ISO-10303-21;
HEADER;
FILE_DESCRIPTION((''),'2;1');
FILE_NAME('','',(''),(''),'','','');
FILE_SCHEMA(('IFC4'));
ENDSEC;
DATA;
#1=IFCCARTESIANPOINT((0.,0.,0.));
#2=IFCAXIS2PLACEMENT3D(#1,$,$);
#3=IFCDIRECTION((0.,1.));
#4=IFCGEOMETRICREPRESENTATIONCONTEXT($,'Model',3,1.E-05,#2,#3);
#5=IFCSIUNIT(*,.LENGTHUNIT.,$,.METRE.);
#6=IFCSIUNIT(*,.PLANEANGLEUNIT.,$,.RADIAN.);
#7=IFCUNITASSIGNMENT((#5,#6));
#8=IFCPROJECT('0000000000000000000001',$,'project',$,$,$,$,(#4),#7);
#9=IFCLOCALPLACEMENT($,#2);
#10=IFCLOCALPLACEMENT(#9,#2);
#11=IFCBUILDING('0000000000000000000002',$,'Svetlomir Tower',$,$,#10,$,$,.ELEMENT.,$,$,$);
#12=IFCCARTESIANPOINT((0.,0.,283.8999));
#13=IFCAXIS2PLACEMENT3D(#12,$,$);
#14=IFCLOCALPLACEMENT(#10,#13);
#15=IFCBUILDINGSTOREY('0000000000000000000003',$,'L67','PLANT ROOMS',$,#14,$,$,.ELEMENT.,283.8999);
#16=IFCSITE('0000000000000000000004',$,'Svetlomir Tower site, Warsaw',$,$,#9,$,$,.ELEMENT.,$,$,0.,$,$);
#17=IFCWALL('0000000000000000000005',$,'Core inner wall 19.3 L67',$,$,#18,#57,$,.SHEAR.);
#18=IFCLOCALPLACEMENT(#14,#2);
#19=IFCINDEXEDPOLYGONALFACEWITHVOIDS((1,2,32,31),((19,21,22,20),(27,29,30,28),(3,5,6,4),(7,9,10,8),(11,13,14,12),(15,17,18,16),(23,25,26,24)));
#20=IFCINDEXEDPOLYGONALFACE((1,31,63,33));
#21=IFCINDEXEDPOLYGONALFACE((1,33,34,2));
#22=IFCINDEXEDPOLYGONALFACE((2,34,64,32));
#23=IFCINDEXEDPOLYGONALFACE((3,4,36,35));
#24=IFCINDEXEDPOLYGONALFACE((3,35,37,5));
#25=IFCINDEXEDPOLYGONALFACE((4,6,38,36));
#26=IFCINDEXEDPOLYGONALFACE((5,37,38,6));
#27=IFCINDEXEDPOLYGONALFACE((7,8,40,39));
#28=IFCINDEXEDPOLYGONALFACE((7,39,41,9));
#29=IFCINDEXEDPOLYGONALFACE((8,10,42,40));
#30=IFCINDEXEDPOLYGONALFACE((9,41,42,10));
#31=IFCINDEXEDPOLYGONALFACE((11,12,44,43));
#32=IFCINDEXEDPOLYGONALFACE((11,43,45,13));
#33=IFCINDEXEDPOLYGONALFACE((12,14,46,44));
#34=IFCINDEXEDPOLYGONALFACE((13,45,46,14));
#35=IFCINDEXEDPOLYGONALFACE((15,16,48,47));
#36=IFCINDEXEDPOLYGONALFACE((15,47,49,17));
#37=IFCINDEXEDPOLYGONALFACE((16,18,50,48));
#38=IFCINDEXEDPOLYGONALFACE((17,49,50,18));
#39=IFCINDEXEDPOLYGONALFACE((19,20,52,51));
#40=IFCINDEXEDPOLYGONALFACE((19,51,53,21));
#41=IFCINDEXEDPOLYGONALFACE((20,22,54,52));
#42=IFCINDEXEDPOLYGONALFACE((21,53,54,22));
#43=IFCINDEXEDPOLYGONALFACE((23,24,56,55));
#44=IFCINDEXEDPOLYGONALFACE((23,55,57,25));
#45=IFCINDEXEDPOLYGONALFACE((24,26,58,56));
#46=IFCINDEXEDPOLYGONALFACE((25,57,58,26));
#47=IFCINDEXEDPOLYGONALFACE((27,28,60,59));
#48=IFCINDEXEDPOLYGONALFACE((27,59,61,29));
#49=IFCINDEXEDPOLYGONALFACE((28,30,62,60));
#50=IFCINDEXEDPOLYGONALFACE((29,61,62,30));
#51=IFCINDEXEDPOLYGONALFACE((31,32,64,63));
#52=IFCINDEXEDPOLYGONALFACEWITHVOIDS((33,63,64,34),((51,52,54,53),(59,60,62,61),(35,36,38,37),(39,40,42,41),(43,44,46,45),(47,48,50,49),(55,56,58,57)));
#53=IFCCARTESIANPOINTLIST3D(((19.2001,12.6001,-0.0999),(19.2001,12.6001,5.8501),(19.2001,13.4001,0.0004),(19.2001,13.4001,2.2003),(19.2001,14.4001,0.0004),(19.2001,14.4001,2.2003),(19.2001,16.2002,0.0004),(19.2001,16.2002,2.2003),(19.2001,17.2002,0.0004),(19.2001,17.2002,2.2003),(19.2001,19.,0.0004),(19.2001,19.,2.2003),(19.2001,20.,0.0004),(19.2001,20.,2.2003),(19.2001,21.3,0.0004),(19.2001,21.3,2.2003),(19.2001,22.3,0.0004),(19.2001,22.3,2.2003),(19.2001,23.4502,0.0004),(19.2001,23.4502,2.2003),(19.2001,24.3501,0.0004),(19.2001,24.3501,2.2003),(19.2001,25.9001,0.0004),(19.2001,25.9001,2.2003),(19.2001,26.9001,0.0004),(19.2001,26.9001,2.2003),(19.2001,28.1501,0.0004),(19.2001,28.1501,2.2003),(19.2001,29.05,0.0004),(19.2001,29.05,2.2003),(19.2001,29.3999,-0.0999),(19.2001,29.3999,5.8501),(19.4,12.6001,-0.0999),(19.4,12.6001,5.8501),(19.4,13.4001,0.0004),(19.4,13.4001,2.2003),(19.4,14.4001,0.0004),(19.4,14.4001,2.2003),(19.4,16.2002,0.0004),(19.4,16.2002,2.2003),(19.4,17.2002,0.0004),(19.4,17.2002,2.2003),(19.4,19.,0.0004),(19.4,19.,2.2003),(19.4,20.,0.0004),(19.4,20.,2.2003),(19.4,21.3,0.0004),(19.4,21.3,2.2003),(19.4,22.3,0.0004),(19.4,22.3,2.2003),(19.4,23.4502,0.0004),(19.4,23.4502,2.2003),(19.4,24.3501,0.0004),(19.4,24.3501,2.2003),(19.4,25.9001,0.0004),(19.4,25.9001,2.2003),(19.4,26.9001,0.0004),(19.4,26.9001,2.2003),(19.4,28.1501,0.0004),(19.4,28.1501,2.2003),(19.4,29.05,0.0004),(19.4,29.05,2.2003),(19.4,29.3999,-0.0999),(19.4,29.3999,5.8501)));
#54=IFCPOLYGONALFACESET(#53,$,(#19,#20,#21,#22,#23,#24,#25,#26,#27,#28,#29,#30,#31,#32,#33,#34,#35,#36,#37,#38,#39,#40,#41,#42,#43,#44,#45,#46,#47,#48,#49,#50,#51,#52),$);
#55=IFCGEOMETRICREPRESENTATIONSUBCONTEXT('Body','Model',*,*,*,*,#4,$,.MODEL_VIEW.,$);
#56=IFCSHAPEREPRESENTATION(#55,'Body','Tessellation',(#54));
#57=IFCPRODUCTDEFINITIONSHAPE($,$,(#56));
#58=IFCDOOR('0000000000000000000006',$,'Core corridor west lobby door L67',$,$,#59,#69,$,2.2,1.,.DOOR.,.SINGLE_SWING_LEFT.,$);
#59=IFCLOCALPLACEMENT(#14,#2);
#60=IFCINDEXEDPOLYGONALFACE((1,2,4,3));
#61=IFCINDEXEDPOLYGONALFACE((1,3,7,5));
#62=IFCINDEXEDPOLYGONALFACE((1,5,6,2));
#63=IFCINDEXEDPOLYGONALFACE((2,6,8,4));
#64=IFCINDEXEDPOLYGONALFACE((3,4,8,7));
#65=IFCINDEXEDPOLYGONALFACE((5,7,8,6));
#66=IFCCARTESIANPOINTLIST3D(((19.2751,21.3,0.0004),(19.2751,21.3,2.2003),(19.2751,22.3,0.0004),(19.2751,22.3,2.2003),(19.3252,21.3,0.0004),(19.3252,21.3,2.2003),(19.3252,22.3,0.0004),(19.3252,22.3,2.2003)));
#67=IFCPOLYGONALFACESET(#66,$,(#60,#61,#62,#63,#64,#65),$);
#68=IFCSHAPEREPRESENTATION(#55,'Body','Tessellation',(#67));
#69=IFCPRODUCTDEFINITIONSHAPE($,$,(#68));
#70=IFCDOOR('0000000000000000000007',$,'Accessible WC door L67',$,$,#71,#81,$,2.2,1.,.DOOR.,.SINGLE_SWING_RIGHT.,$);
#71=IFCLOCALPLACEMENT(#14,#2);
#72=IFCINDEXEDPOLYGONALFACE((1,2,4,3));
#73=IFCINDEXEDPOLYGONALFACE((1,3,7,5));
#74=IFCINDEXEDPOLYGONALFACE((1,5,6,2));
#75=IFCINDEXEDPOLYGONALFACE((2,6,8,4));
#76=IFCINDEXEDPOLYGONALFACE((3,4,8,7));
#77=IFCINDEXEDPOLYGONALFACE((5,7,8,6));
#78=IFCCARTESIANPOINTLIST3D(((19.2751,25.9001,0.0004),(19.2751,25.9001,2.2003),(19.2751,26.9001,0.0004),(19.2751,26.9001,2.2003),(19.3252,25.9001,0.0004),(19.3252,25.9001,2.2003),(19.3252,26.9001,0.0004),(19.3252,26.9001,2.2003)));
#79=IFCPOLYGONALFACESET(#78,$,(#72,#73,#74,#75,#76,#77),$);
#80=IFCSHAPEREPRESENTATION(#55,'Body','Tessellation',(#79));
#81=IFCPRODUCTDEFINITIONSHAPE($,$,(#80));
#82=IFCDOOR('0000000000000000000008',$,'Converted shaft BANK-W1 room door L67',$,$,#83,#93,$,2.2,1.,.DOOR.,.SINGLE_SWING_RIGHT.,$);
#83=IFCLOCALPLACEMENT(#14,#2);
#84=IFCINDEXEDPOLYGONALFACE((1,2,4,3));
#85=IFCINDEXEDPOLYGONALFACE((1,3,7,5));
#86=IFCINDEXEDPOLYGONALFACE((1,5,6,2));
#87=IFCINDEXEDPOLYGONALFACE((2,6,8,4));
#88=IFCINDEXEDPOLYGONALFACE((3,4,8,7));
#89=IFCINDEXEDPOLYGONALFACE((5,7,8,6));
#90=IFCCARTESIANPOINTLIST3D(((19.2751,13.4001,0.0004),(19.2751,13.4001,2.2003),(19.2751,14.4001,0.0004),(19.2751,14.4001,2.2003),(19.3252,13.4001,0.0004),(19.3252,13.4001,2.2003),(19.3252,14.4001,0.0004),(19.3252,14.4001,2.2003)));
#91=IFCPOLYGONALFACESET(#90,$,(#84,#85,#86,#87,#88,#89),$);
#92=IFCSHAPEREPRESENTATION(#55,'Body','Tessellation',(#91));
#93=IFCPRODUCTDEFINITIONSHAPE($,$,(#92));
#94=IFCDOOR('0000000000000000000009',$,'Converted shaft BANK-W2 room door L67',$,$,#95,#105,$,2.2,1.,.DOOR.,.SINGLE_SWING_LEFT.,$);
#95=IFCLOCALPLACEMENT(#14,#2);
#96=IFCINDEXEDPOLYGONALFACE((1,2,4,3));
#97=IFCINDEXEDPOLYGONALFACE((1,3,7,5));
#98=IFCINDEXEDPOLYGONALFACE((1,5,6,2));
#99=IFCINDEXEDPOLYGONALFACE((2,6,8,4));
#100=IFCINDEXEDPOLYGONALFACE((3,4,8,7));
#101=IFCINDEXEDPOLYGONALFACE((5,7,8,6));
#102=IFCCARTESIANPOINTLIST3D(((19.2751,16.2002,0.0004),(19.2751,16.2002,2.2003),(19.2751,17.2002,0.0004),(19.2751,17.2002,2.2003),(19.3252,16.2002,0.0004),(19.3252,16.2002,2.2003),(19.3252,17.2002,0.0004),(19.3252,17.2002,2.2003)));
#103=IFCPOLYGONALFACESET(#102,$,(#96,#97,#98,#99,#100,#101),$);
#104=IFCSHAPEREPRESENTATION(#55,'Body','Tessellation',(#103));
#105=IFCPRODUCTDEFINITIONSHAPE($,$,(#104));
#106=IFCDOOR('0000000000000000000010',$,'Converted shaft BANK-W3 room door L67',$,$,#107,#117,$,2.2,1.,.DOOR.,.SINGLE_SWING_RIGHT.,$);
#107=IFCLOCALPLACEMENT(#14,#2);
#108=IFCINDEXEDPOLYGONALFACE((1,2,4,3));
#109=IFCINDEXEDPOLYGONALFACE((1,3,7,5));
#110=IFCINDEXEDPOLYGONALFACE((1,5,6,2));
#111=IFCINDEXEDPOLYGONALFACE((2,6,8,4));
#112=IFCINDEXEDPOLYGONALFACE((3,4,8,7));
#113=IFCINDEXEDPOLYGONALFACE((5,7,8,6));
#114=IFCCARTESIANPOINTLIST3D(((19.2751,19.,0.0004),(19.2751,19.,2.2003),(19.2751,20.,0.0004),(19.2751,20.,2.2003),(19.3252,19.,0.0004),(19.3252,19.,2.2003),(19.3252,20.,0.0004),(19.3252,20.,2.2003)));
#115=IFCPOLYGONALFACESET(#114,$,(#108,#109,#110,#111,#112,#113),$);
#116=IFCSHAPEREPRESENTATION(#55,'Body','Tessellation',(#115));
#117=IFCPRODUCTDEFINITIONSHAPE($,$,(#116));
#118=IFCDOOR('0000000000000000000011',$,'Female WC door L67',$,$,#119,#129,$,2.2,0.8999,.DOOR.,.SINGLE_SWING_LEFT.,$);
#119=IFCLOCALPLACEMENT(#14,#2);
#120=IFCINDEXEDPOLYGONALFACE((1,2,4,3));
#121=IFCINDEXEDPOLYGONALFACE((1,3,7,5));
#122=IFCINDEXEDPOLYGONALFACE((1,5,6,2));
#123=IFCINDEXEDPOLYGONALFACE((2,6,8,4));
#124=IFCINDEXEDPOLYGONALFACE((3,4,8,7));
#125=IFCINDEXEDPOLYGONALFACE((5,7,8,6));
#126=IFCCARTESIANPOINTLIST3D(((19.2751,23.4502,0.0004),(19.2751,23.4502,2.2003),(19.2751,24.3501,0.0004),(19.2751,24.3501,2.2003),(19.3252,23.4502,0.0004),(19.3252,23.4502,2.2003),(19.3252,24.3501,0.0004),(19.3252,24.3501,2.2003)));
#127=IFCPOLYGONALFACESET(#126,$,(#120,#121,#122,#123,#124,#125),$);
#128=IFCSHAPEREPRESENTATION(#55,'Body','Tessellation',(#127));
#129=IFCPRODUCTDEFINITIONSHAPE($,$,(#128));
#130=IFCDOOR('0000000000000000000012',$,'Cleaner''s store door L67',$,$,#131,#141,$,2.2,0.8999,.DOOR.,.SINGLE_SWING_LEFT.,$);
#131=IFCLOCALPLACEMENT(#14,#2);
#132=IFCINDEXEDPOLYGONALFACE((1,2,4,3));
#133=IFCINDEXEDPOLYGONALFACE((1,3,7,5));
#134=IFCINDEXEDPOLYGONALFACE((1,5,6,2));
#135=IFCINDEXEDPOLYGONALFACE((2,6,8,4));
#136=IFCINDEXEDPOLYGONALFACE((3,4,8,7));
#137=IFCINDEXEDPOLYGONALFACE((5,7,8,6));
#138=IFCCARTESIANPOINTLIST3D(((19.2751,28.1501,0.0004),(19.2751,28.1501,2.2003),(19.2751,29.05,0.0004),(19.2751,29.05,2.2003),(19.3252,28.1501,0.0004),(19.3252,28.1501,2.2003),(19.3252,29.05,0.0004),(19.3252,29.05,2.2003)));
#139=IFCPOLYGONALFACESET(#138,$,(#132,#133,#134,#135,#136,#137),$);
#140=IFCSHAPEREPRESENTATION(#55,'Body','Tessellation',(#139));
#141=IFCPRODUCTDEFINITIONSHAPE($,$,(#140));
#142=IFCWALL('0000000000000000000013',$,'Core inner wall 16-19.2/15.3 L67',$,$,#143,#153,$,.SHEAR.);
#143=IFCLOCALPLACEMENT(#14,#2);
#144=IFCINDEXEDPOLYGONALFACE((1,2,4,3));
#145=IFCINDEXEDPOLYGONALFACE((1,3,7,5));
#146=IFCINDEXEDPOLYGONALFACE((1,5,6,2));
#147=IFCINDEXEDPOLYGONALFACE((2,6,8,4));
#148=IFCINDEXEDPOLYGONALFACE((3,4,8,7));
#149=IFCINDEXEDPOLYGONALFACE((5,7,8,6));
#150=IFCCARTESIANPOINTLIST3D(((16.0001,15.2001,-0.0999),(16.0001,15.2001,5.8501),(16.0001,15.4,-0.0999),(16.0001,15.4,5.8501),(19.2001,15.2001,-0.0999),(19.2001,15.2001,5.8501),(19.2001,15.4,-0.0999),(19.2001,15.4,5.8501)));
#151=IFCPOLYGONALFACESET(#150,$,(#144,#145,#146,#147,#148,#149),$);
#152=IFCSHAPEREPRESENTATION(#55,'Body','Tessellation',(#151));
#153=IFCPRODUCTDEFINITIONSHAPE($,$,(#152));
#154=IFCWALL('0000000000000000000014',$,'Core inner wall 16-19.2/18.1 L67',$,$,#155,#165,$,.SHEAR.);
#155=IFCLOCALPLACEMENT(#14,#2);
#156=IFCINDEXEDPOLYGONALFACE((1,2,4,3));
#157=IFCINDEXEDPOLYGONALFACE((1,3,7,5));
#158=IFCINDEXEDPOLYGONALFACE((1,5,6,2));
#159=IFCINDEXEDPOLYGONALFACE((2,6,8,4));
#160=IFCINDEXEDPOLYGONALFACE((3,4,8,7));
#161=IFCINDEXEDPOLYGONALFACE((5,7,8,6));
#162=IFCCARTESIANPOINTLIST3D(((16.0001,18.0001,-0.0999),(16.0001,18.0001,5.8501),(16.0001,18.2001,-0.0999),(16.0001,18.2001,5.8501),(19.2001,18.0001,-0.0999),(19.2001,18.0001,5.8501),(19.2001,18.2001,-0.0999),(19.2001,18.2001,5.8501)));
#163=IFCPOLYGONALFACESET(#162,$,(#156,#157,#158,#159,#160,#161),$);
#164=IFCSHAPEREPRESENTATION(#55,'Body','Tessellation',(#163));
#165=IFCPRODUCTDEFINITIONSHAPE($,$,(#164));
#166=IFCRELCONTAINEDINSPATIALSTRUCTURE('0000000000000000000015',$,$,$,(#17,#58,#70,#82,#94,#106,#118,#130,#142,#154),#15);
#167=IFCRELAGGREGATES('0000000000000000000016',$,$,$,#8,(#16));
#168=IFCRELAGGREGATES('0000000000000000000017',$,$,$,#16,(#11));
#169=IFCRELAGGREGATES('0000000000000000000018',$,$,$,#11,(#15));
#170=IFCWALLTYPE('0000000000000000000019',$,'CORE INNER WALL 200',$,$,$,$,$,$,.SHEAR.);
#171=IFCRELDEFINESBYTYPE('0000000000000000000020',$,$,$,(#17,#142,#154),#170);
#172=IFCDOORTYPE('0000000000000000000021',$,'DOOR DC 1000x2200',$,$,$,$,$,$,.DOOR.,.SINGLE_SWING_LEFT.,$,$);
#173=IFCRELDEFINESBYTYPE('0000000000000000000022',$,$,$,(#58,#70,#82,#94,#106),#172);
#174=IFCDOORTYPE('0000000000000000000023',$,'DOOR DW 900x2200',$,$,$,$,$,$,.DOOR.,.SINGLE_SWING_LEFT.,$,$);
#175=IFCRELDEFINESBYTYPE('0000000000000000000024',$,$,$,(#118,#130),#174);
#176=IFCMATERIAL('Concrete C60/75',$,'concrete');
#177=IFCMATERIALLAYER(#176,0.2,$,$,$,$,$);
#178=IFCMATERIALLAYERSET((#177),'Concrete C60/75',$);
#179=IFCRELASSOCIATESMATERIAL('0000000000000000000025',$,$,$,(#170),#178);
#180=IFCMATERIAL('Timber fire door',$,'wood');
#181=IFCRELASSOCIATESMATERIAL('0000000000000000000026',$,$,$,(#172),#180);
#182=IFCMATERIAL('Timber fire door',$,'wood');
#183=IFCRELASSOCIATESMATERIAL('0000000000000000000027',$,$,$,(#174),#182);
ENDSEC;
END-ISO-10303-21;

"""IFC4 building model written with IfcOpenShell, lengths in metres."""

from ifc_helpers import new_model, si_unit, direction, frame, frame_2d, origin, place, context, subcontext, project, spatial, rectangle, extrude, material, layer, layer_set, type_object, element, fill, save


model = new_model("IFC4")

# Units and contexts
model_context = context("Model", 3, precision=1e-05, world=origin(), true_north=direction((0.0, 1.0)))
body_context = subcontext(model_context, "Body", "Model", "MODEL_VIEW")
ifc_project = project(units=[si_unit("LENGTHUNIT", "METRE"), si_unit("PLANEANGLEUNIT", "RADIAN")], contexts=[model_context])

# Site, building, storey
site_placement = place(None, origin())
site = spatial("IfcSite", under=ifc_project, at=site_placement, Name="Svetlomir Tower site, Warsaw", CompositionType="ELEMENT", RefElevation=0.0)
building_placement = place(site_placement, origin())
building = spatial("IfcBuilding", under=site, at=building_placement, Name="Svetlomir Tower", CompositionType="ELEMENT")
storey_placement = place(building_placement, frame((0.0, 0.0, 283.8999)))
storey = spatial("IfcBuildingStorey", under=building, at=storey_placement, Name="L67", Description="PLANT ROOMS", CompositionType="ELEMENT", Elevation=283.8999)

# Shared definitions
ifc_material_1 = material(Name="Concrete C60/75", Category="concrete")
ifc_layer_1 = layer(ifc_material_1, 0.2)
ifc_layer_set_1 = layer_set([ifc_layer_1], Name="Concrete C60/75")
wall_type_1 = type_object("IfcWallType", Name="CORE INNER WALL 200", PredefinedType="SHEAR", material=ifc_layer_set_1)

# Wall, openings, doors
wall_1_placement = place(storey_placement, frame((19.3, 12.6001, -0.0999), z_axis=(0.0, 0.0, 1.0), x_axis=(0.0, 1.0, 0.0)))
wall_1 = element("IfcWall", 1, at=wall_1_placement, inside=storey, type_object=wall_type_1, Name="Core inner wall 19.3 L67", PredefinedType="SHEAR", context=body_context, shape_type="SweptSolid", body=[
    extrude(rectangle(XDim=16.7998, YDim=0.2, at=frame_2d((8.3999, 0.0))), origin(), (0.0, 0.0, 1.0), 5.95),
])
opening_1_placement = place(wall_1_placement, frame((8.7, 0.0, 0.1001)))
opening_1 = element("IfcOpeningElement", 2, at=opening_1_placement, cuts=wall_1, PredefinedType="OPENING", context=body_context, shape_type="SweptSolid", body=[
    extrude(rectangle(XDim=1.0, YDim=2.2, at=frame_2d((0.5, 1.1001))), frame((0.0, 0.1099, 0.0), z_axis=(0.0, -1.0, 0.0), x_axis=(1.0, 0.0, 0.0)), (0.0, 0.0, 1.0), 0.22),
])
opening_2_placement = place(wall_1_placement, frame((10.8501, 0.0, 0.1001)))
opening_2 = element("IfcOpeningElement", 3, at=opening_2_placement, cuts=wall_1, PredefinedType="OPENING", context=body_context, shape_type="SweptSolid", body=[
    extrude(rectangle(XDim=0.8999, YDim=2.2, at=frame_2d((0.45, 1.1001))), frame((0.0, 0.1099, 0.0), z_axis=(0.0, -1.0, 0.0), x_axis=(1.0, 0.0, 0.0)), (0.0, 0.0, 1.0), 0.22),
])
opening_3_placement = place(wall_1_placement, frame((13.3, 0.0, 0.1001)))
opening_3 = element("IfcOpeningElement", 4, at=opening_3_placement, cuts=wall_1, PredefinedType="OPENING", context=body_context, shape_type="SweptSolid", body=[
    extrude(rectangle(XDim=1.0, YDim=2.2, at=frame_2d((0.5, 1.1001))), frame((0.0, 0.1099, 0.0), z_axis=(0.0, -1.0, 0.0), x_axis=(1.0, 0.0, 0.0)), (0.0, 0.0, 1.0), 0.22),
])
opening_4_placement = place(wall_1_placement, frame((15.55, 0.0, 0.1001)))
opening_4 = element("IfcOpeningElement", 5, at=opening_4_placement, cuts=wall_1, PredefinedType="OPENING", context=body_context, shape_type="SweptSolid", body=[
    extrude(rectangle(XDim=0.8999, YDim=2.2, at=frame_2d((0.45, 1.1001))), frame((0.0, 0.1099, 0.0), z_axis=(0.0, -1.0, 0.0), x_axis=(1.0, 0.0, 0.0)), (0.0, 0.0, 1.0), 0.22),
])
opening_5_placement = place(wall_1_placement, frame((0.8, 0.0, 0.1001)))
opening_5 = element("IfcOpeningElement", 6, at=opening_5_placement, cuts=wall_1, PredefinedType="OPENING", context=body_context, shape_type="SweptSolid", body=[
    extrude(rectangle(XDim=1.0, YDim=2.2, at=frame_2d((0.5, 1.1001))), frame((0.0, 0.1099, 0.0), z_axis=(0.0, -1.0, 0.0), x_axis=(1.0, 0.0, 0.0)), (0.0, 0.0, 1.0), 0.22),
])
opening_6_placement = place(wall_1_placement, frame((3.6001, 0.0, 0.1001)))
opening_6 = element("IfcOpeningElement", 7, at=opening_6_placement, cuts=wall_1, PredefinedType="OPENING", context=body_context, shape_type="SweptSolid", body=[
    extrude(rectangle(XDim=1.0, YDim=2.2, at=frame_2d((0.5, 1.1001))), frame((0.0, 0.1099, 0.0), z_axis=(0.0, -1.0, 0.0), x_axis=(1.0, 0.0, 0.0)), (0.0, 0.0, 1.0), 0.22),
])
opening_7_placement = place(wall_1_placement, frame((6.3999, 0.0, 0.1001)))
opening_7 = element("IfcOpeningElement", 8, at=opening_7_placement, cuts=wall_1, PredefinedType="OPENING", context=body_context, shape_type="SweptSolid", body=[
    extrude(rectangle(XDim=1.0, YDim=2.2, at=frame_2d((0.5, 1.1001))), frame((0.0, 0.1099, 0.0), z_axis=(0.0, -1.0, 0.0), x_axis=(1.0, 0.0, 0.0)), (0.0, 0.0, 1.0), 0.22),
])
ifc_material_2 = material(Name="Timber fire door", Category="wood")
door_type_1 = type_object("IfcDoorType", Name="DOOR DC 1000x2200", OperationType="SINGLE_SWING_LEFT", PredefinedType="DOOR", material=ifc_material_2)
door_1_placement = place(opening_1_placement, origin())
door_1 = element("IfcDoor", 9, at=door_1_placement, inside=storey, type_object=door_type_1, Name="Core corridor west lobby door L67", OperationType="SINGLE_SWING_LEFT", OverallHeight=2.2, OverallWidth=1.0, PredefinedType="DOOR", context=body_context, shape_type="SweptSolid", body=[
    extrude(rectangle(XDim=1.0, YDim=2.2, at=frame_2d((0.5, 1.1001))), frame((0.0, 0.0249, 0.0), z_axis=(0.0, -1.0, 0.0), x_axis=(1.0, 0.0, 0.0)), (0.0, 0.0, 1.0), 0.05),
])
fill(opening_1, door_1)
door_2_placement = place(opening_3_placement, origin())
door_2 = element("IfcDoor", 10, at=door_2_placement, inside=storey, type_object=door_type_1, Name="Accessible WC door L67", OperationType="SINGLE_SWING_RIGHT", OverallHeight=2.2, OverallWidth=1.0, PredefinedType="DOOR", context=body_context, shape_type="SweptSolid", body=[
    extrude(rectangle(XDim=1.0, YDim=2.2, at=frame_2d((0.5, 1.1001))), frame((0.0, 0.0249, 0.0), z_axis=(0.0, -1.0, 0.0), x_axis=(1.0, 0.0, 0.0)), (0.0, 0.0, 1.0), 0.05),
])
fill(opening_3, door_2)
door_3_placement = place(opening_5_placement, origin())
door_3 = element("IfcDoor", 11, at=door_3_placement, inside=storey, type_object=door_type_1, Name="Converted shaft BANK-W1 room door L67", OperationType="SINGLE_SWING_RIGHT", OverallHeight=2.2, OverallWidth=1.0, PredefinedType="DOOR", context=body_context, shape_type="SweptSolid", body=[
    extrude(rectangle(XDim=1.0, YDim=2.2, at=frame_2d((0.5, 1.1001))), frame((0.0, 0.0249, 0.0), z_axis=(0.0, -1.0, 0.0), x_axis=(1.0, 0.0, 0.0)), (0.0, 0.0, 1.0), 0.05),
])
fill(opening_5, door_3)
door_4_placement = place(opening_6_placement, origin())
door_4 = element("IfcDoor", 12, at=door_4_placement, inside=storey, type_object=door_type_1, Name="Converted shaft BANK-W2 room door L67", OperationType="SINGLE_SWING_LEFT", OverallHeight=2.2, OverallWidth=1.0, PredefinedType="DOOR", context=body_context, shape_type="SweptSolid", body=[
    extrude(rectangle(XDim=1.0, YDim=2.2, at=frame_2d((0.5, 1.1001))), frame((0.0, 0.0249, 0.0), z_axis=(0.0, -1.0, 0.0), x_axis=(1.0, 0.0, 0.0)), (0.0, 0.0, 1.0), 0.05),
])
fill(opening_6, door_4)
door_5_placement = place(opening_7_placement, origin())
door_5 = element("IfcDoor", 13, at=door_5_placement, inside=storey, type_object=door_type_1, Name="Converted shaft BANK-W3 room door L67", OperationType="SINGLE_SWING_RIGHT", OverallHeight=2.2, OverallWidth=1.0, PredefinedType="DOOR", context=body_context, shape_type="SweptSolid", body=[
    extrude(rectangle(XDim=1.0, YDim=2.2, at=frame_2d((0.5, 1.1001))), frame((0.0, 0.0249, 0.0), z_axis=(0.0, -1.0, 0.0), x_axis=(1.0, 0.0, 0.0)), (0.0, 0.0, 1.0), 0.05),
])
fill(opening_7, door_5)
ifc_material_3 = material(Name="Timber fire door", Category="wood")
door_type_2 = type_object("IfcDoorType", Name="DOOR DW 900x2200", OperationType="SINGLE_SWING_LEFT", PredefinedType="DOOR", material=ifc_material_3)
door_6_placement = place(opening_2_placement, origin())
door_6 = element("IfcDoor", 14, at=door_6_placement, inside=storey, type_object=door_type_2, Name="Female WC door L67", OperationType="SINGLE_SWING_LEFT", OverallHeight=2.2, OverallWidth=0.8999, PredefinedType="DOOR", context=body_context, shape_type="SweptSolid", body=[
    extrude(rectangle(XDim=0.8999, YDim=2.2, at=frame_2d((0.45, 1.1001))), frame((0.0, 0.0249, 0.0), z_axis=(0.0, -1.0, 0.0), x_axis=(1.0, 0.0, 0.0)), (0.0, 0.0, 1.0), 0.05),
])
fill(opening_2, door_6)
door_7_placement = place(opening_4_placement, origin())
door_7 = element("IfcDoor", 15, at=door_7_placement, inside=storey, type_object=door_type_2, Name="Cleaner's store door L67", OperationType="SINGLE_SWING_LEFT", OverallHeight=2.2, OverallWidth=0.8999, PredefinedType="DOOR", context=body_context, shape_type="SweptSolid", body=[
    extrude(rectangle(XDim=0.8999, YDim=2.2, at=frame_2d((0.45, 1.1001))), frame((0.0, 0.0249, 0.0), z_axis=(0.0, -1.0, 0.0), x_axis=(1.0, 0.0, 0.0)), (0.0, 0.0, 1.0), 0.05),
])
fill(opening_4, door_7)

# Walls
for number, where, z_axis, x_axis, name in (
    (16, (16.0, 15.3, -0.0999), (0.0, 0.0, 1.0), (1.0, 0.0, 0.0), "Core inner wall 16-19.2/15.3 L67"),
    (17, (16.0, 18.1001, -0.0999), (0.0, 0.0, 1.0), (1.0, 0.0, 0.0), "Core inner wall 16-19.2/18.1 L67"),
):
    element("IfcWall", number, at=place(storey_placement, frame(where, z_axis=z_axis, x_axis=x_axis)), inside=storey, type_object=wall_type_1, Name=name, PredefinedType="SHEAR", context=body_context, shape_type="SweptSolid", body=[
        extrude(rectangle(XDim=3.2, YDim=0.2, at=frame_2d((1.6001, 0.0))), origin(), (0.0, 0.0, 1.0), 5.95),
    ])

save(model, "model.ifc")
